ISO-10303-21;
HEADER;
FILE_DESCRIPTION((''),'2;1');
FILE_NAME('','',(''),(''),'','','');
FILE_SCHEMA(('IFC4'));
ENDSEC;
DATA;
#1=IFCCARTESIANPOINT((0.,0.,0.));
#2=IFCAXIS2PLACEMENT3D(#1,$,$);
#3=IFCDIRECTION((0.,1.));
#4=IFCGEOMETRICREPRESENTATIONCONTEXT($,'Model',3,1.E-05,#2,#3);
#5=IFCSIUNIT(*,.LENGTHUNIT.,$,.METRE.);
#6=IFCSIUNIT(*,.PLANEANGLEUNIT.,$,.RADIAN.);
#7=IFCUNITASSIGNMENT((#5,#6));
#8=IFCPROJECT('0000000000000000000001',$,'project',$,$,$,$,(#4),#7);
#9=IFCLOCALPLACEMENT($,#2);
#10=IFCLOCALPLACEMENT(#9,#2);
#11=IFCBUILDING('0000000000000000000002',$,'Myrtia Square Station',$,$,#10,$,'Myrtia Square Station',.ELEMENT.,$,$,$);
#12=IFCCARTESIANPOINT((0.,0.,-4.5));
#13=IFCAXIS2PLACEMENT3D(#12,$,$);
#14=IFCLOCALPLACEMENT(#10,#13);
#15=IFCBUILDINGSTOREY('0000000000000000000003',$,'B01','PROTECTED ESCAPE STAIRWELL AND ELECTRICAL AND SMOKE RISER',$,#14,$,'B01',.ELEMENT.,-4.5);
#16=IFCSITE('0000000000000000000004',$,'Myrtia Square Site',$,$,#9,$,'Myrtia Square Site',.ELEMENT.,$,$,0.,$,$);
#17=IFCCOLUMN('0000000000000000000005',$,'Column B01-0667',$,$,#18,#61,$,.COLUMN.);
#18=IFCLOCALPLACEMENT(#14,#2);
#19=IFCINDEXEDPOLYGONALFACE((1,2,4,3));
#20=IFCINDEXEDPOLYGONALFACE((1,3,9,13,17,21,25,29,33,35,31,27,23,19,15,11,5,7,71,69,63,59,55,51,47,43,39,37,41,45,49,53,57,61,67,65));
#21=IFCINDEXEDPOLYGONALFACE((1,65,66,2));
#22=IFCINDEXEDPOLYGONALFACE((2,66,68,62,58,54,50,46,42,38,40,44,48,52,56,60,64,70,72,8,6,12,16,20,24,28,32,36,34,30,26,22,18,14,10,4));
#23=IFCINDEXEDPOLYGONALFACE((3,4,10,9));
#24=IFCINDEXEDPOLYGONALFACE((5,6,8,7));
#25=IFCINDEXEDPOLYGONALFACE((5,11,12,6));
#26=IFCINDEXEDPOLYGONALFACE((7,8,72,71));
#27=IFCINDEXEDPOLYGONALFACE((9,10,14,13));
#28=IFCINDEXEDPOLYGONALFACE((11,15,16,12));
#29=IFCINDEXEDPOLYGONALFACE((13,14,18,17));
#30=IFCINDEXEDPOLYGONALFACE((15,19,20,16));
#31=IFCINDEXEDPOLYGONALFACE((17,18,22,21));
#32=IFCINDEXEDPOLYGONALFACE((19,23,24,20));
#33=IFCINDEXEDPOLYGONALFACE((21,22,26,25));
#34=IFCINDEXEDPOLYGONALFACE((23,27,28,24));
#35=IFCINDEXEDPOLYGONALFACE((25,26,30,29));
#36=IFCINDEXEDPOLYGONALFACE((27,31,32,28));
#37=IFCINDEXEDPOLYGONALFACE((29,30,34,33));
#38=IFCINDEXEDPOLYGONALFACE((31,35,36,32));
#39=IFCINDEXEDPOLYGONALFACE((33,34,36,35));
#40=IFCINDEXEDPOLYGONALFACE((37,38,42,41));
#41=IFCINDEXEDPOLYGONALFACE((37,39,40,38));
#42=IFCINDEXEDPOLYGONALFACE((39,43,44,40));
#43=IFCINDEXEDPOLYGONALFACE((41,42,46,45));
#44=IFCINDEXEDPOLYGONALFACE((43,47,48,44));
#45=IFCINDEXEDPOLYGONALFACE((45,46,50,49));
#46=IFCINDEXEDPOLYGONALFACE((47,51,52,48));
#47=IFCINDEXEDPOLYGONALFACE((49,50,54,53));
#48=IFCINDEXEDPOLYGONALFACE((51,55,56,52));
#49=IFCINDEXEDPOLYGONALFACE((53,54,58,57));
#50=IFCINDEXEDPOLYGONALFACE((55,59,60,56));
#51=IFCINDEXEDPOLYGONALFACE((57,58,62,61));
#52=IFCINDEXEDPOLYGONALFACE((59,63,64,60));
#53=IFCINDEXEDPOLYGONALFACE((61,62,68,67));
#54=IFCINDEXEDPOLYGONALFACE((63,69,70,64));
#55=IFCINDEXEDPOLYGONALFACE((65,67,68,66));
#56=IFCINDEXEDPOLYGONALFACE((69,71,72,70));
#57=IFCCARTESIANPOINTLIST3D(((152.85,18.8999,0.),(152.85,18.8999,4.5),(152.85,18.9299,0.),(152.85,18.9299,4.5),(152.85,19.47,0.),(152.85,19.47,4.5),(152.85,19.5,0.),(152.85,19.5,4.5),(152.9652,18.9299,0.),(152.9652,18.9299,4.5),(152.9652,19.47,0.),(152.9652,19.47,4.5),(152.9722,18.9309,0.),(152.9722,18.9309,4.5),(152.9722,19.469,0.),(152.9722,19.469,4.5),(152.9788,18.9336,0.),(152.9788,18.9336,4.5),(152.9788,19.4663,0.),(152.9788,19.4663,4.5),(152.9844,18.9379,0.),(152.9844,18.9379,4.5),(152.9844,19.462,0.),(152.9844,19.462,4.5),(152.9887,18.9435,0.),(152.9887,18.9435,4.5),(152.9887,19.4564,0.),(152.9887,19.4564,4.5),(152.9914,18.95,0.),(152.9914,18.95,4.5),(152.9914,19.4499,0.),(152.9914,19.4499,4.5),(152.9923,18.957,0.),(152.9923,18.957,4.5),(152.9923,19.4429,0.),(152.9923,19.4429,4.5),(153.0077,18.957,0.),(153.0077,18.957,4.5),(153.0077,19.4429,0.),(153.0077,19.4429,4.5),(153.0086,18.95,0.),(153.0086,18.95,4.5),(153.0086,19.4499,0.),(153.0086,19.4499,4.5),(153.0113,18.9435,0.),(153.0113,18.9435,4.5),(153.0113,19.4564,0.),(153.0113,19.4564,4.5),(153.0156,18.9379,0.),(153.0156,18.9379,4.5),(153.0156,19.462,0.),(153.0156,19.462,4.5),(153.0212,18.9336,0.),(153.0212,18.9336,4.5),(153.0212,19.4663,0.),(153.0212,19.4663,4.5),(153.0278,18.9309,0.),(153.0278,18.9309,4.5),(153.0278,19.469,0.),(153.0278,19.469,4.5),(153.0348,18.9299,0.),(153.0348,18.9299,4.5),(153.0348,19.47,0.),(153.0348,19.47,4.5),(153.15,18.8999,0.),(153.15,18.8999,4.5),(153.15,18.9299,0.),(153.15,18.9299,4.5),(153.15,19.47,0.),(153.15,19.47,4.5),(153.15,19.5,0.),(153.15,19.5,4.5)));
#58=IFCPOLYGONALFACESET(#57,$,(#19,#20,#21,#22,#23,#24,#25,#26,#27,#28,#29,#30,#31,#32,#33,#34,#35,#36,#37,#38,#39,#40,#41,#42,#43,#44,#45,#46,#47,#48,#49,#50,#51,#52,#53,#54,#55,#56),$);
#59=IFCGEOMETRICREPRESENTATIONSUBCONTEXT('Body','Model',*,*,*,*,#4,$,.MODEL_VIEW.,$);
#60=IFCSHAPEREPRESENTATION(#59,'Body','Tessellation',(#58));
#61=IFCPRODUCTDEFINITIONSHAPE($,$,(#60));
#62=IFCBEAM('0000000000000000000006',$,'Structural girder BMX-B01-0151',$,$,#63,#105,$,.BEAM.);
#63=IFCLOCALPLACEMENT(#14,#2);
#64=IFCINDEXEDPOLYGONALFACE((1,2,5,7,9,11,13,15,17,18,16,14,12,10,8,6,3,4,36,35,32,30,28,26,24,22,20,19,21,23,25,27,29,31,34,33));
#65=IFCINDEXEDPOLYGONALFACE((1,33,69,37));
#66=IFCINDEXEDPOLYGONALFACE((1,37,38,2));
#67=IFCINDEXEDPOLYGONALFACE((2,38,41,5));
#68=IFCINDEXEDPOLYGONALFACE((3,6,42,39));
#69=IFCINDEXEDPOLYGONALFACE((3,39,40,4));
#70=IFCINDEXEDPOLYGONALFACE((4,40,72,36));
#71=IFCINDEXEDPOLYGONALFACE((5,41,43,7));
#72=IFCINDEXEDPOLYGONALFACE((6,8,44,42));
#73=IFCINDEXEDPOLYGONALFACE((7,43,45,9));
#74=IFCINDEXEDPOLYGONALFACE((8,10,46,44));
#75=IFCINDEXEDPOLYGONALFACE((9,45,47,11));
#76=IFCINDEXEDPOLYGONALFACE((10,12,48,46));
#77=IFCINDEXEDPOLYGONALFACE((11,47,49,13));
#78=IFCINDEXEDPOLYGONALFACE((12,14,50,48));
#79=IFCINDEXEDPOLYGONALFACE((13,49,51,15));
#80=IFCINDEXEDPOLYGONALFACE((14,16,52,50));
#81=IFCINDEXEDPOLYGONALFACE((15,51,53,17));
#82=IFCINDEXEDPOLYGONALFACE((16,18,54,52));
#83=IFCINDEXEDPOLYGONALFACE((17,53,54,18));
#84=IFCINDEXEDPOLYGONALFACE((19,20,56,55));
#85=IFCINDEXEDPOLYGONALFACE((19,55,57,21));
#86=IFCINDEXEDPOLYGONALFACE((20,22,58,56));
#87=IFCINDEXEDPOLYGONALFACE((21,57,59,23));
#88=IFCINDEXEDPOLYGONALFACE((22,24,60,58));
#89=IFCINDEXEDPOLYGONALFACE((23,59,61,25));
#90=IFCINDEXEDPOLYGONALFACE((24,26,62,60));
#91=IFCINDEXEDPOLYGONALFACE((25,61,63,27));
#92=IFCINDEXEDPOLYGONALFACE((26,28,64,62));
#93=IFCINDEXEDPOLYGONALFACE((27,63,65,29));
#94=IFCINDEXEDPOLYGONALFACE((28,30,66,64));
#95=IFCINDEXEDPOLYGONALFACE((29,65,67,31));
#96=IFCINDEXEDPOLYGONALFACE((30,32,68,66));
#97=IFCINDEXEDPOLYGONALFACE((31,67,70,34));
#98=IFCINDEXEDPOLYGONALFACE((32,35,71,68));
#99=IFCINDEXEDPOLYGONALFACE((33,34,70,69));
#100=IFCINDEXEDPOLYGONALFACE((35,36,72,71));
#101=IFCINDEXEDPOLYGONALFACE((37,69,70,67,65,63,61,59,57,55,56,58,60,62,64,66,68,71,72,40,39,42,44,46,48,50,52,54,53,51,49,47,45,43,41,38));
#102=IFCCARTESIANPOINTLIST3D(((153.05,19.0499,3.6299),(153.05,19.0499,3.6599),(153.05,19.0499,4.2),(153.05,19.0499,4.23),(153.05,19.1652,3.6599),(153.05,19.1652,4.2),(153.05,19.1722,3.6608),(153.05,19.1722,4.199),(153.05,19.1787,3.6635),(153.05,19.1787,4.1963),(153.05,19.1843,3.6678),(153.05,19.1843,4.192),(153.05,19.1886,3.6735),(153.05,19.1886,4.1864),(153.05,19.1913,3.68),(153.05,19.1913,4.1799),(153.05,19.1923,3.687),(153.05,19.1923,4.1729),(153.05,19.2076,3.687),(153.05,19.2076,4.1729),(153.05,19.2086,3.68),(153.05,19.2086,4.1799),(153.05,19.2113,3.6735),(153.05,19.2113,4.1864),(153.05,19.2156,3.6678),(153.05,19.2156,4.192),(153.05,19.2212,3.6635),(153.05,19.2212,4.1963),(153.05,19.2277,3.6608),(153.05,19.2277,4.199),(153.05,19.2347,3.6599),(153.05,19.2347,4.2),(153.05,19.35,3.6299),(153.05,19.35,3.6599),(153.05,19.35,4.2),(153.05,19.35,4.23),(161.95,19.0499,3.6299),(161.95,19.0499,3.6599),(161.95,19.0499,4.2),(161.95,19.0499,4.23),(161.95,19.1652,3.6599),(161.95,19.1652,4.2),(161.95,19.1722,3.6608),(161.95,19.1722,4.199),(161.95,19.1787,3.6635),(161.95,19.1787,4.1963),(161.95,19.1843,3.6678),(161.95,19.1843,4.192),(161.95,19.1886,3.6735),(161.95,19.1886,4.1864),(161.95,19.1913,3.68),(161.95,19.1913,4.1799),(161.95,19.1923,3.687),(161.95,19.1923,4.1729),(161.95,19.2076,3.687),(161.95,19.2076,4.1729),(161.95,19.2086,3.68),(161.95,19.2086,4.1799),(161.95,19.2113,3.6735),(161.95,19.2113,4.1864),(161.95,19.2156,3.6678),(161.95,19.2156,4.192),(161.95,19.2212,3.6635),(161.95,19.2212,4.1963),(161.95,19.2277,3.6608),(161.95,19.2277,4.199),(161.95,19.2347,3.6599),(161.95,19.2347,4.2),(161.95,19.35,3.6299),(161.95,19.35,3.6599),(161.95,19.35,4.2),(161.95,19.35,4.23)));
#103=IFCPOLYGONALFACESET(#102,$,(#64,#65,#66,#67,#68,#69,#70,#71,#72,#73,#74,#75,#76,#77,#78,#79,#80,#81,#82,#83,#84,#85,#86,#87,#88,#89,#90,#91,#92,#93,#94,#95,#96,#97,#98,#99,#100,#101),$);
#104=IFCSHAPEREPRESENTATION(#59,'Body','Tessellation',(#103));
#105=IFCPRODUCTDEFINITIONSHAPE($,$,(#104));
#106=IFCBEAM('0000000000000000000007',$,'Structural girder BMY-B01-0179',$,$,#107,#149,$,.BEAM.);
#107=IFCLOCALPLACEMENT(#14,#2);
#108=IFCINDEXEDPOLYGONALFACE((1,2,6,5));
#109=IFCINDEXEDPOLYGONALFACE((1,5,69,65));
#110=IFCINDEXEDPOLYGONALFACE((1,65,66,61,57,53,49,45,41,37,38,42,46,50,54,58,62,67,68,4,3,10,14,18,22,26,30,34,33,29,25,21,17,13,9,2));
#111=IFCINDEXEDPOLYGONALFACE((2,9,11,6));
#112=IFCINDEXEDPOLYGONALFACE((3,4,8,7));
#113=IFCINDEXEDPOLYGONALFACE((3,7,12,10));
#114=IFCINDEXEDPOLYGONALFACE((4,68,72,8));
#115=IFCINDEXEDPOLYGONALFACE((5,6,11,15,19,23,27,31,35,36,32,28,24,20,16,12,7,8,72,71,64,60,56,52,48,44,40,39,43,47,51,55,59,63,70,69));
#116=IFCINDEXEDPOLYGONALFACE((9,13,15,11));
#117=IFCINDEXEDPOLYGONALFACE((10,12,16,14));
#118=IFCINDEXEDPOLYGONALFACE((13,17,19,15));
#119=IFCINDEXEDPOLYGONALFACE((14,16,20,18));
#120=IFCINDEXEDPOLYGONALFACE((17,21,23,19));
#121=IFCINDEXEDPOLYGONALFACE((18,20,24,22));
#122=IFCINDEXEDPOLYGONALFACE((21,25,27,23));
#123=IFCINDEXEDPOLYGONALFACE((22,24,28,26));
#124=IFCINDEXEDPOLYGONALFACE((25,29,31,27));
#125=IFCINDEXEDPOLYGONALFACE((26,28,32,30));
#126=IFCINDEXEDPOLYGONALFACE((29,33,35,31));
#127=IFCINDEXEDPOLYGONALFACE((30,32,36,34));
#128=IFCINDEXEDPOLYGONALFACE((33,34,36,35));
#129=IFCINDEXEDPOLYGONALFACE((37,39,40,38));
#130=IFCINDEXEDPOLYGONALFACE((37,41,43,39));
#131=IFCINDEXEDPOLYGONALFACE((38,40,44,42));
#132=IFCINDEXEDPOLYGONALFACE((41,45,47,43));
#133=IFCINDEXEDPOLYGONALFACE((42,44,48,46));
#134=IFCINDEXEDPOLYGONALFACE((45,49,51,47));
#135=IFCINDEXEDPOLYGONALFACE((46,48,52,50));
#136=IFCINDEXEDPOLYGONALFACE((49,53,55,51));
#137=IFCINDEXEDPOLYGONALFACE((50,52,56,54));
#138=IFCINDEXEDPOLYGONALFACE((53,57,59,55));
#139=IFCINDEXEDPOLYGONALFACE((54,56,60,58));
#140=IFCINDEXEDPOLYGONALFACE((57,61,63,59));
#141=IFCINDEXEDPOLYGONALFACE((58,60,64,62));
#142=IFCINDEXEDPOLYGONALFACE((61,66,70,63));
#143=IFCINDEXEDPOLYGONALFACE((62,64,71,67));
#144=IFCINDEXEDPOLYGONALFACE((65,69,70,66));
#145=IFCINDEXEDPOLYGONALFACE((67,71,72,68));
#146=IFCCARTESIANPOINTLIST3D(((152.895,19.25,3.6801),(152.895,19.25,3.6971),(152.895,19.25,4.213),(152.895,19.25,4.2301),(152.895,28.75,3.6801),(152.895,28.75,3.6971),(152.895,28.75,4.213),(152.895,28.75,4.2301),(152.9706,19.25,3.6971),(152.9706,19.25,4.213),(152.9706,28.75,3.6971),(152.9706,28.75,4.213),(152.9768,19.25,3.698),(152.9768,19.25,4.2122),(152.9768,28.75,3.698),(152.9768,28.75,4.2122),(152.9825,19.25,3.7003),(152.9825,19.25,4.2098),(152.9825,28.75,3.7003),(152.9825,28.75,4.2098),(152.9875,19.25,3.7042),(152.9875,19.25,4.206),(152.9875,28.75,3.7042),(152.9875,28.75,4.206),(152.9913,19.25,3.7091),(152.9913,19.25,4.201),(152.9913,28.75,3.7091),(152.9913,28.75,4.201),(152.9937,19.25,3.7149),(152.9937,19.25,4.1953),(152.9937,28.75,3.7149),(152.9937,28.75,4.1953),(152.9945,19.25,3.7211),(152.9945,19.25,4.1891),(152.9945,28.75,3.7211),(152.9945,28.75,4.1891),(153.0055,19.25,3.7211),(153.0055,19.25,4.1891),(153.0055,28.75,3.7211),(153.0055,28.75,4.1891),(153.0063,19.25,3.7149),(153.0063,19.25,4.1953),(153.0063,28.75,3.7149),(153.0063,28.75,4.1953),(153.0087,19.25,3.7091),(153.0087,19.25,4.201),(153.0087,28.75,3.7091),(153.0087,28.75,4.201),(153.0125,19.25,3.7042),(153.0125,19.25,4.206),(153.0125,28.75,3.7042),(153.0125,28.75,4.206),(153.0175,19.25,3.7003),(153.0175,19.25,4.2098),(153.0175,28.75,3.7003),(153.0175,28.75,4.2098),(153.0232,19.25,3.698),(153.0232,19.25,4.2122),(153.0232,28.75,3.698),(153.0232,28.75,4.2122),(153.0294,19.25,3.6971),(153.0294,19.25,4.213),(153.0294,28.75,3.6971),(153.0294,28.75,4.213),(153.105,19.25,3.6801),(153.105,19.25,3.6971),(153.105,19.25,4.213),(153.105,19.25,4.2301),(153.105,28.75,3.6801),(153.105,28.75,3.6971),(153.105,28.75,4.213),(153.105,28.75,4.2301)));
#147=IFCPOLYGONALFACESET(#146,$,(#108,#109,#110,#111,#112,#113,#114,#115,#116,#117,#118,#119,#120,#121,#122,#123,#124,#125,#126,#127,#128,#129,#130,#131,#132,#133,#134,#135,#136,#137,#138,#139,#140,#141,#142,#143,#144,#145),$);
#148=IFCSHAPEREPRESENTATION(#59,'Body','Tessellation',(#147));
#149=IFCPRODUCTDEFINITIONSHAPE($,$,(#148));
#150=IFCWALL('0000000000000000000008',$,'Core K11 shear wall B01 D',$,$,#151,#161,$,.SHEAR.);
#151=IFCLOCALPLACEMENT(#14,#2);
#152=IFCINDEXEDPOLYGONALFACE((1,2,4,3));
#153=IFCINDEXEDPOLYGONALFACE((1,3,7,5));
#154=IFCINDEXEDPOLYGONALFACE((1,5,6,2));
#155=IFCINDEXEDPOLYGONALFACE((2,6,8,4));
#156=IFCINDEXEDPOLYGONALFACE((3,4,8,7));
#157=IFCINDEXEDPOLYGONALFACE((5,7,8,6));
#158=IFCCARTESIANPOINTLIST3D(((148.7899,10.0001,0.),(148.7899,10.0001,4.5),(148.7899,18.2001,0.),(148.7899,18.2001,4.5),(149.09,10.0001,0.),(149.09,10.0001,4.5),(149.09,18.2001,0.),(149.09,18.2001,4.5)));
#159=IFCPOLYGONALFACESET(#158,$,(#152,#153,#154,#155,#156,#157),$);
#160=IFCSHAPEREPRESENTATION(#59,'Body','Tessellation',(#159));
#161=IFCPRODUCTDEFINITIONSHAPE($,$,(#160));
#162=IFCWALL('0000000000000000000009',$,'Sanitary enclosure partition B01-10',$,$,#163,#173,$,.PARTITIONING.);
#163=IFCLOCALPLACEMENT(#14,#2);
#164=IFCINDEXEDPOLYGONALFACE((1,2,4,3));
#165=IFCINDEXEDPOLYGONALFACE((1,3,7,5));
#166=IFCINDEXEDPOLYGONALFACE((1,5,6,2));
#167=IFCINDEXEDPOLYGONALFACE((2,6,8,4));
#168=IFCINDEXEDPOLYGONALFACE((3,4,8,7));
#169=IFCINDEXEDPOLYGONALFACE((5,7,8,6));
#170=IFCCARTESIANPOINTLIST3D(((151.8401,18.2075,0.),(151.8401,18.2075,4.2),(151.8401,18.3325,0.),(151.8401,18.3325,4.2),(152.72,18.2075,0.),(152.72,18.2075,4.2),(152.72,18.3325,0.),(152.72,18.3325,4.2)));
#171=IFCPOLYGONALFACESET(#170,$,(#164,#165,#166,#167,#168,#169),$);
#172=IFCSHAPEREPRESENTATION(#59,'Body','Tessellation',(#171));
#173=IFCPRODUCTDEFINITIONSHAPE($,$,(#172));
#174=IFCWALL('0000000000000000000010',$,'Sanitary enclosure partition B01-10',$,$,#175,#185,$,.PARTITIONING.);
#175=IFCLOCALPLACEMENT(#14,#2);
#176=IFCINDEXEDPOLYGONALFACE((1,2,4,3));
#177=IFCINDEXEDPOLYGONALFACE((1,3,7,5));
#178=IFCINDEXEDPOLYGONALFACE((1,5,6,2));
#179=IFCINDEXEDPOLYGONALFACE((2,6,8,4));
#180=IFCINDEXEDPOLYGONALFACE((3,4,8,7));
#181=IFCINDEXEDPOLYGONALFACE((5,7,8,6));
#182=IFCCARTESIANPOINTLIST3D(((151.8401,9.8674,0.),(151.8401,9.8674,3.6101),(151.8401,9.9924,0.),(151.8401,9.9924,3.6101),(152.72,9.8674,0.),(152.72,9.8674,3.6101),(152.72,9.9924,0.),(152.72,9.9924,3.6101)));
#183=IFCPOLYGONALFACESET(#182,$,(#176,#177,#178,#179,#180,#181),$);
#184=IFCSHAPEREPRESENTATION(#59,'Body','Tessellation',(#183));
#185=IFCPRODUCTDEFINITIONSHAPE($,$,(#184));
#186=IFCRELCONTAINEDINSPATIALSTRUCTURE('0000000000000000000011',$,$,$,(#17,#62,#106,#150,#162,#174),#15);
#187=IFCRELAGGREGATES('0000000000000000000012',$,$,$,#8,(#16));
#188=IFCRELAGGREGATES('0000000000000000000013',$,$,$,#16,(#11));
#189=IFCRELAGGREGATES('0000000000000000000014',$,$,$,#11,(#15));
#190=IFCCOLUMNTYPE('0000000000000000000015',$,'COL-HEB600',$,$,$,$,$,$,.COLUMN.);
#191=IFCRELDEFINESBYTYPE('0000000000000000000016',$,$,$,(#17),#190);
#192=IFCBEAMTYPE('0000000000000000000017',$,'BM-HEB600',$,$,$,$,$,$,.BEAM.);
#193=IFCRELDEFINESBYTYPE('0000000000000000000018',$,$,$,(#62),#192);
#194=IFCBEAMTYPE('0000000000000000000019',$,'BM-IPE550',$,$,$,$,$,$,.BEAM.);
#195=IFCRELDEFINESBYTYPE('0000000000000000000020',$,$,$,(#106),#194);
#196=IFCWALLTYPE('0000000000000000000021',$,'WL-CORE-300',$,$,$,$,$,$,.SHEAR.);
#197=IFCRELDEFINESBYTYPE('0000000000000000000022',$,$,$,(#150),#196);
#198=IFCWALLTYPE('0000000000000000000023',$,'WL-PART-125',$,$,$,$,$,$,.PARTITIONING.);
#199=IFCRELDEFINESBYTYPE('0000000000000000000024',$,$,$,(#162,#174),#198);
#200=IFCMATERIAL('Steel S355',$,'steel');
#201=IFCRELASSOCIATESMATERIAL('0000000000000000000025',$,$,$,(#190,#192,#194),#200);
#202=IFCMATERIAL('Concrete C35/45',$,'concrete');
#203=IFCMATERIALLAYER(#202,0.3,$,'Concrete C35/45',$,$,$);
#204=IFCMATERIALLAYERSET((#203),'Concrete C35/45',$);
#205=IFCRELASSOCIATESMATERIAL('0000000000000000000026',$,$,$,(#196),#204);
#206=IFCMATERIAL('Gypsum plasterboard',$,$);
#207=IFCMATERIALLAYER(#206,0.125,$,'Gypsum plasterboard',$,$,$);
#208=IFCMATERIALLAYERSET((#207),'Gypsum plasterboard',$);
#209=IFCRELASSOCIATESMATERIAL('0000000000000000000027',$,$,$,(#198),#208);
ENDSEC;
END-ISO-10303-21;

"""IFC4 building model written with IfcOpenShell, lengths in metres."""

from ifc_helpers import new_model, si_unit, direction, frame, frame_2d, origin, origin_2d, place, context, subcontext, project, spatial, rectangle, i_section, extrude, material, layer, layer_set, material_profile, profile_set, type_object, element, save


model = new_model("IFC4")

# Units and contexts
model_context = context("Model", 3, precision=1e-05, world=origin(), true_north=direction((0.0, 1.0)))
body_context = subcontext(model_context, "Body", "Model", "MODEL_VIEW")
ifc_project = project(units=[si_unit("LENGTHUNIT", "METRE"), si_unit("PLANEANGLEUNIT", "RADIAN")], contexts=[model_context])

# Site, building, storey
site_placement = place(None, origin())
site = spatial("IfcSite", under=ifc_project, at=site_placement, Name="Myrtia Square Site", LongName="Myrtia Square Site", CompositionType="ELEMENT", RefElevation=0.0)
building_placement = place(site_placement, origin())
building = spatial("IfcBuilding", under=site, at=building_placement, Name="Myrtia Square Station", LongName="Myrtia Square Station", CompositionType="ELEMENT")
storey_placement = place(building_placement, frame((0.0, 0.0, -4.5)))
storey = spatial("IfcBuildingStorey", under=building, at=storey_placement, Name="B01", Description="PROTECTED ESCAPE STAIRWELL AND ELECTRICAL AND SMOKE RISER", LongName="B01", CompositionType="ELEMENT", Elevation=-4.5)

# Column
ifc_material_1 = material(Name="Steel S355", Category="steel")
ifc_material_profile_1 = material_profile(ifc_material_1, i_section(OverallWidth=0.3, OverallDepth=0.6001, WebThickness=0.0154, FlangeThickness=0.03, FilletRadius=0.0271, at=origin_2d()), Name="HEB 600")
ifc_profile_set_1 = profile_set([ifc_material_profile_1], Name="Steel S355")
column_type = type_object("IfcColumnType", Name="COL-HEB600", PredefinedType="COLUMN", material=ifc_profile_set_1)
column_placement = place(storey_placement, frame((153.0, 19.2, 0.0), z_axis=(0.0, 0.0, 1.0), x_axis=(1.0, 0.0, 0.0)))
element("IfcColumn", 1, at=column_placement, inside=storey, type_object=column_type, Name="Column B01-0667", PredefinedType="COLUMN", context=body_context, shape_type="SweptSolid", body=[
    extrude(i_section(OverallWidth=0.3, OverallDepth=0.6001, WebThickness=0.0154, FlangeThickness=0.03, FilletRadius=0.0271, at=origin_2d()), origin(), (0.0, 0.0, 1.0), 4.5),
])

# Beams
ifc_material_profile_2 = material_profile(ifc_material_1, i_section(OverallWidth=0.3, OverallDepth=0.6001, WebThickness=0.0154, FlangeThickness=0.03, FilletRadius=0.0271, at=origin_2d()), Name="HEB 600")
ifc_profile_set_2 = profile_set([ifc_material_profile_2], Name="Steel S355")
beam_type_1 = type_object("IfcBeamType", Name="BM-HEB600", PredefinedType="BEAM", material=ifc_profile_set_2)
beam_1_placement = place(storey_placement, frame((153.05, 19.2, 3.9299), z_axis=(1.0, 0.0, 0.0), x_axis=(0.0, 1.0, 0.0)))
element("IfcBeam", 2, at=beam_1_placement, inside=storey, type_object=beam_type_1, Name="Structural girder BMX-B01-0151", PredefinedType="BEAM", context=body_context, shape_type="SweptSolid", body=[
    extrude(i_section(OverallWidth=0.3, OverallDepth=0.6001, WebThickness=0.0154, FlangeThickness=0.03, FilletRadius=0.0271, at=origin_2d()), origin(), (0.0, 0.0, 1.0), 8.8999),
])
ifc_material_profile_3 = material_profile(ifc_material_1, i_section(OverallWidth=0.21, OverallDepth=0.55, WebThickness=0.011, FlangeThickness=0.0171, FilletRadius=0.0239, at=origin_2d()), Name="IPE 550")
ifc_profile_set_3 = profile_set([ifc_material_profile_3], Name="Steel S355")
beam_type_2 = type_object("IfcBeamType", Name="BM-IPE550", PredefinedType="BEAM", material=ifc_profile_set_3)
beam_2_placement = place(storey_placement, frame((153.0, 19.25, 3.9551), z_axis=(0.0, 1.0, 0.0), x_axis=(-1.0, 0.0, 0.0)))
element("IfcBeam", 3, at=beam_2_placement, inside=storey, type_object=beam_type_2, Name="Structural girder BMY-B01-0179", PredefinedType="BEAM", context=body_context, shape_type="SweptSolid", body=[
    extrude(i_section(OverallWidth=0.21, OverallDepth=0.55, WebThickness=0.011, FlangeThickness=0.0171, FilletRadius=0.0239, at=origin_2d()), origin(), (0.0, 0.0, 1.0), 9.5),
])

# Wall
ifc_material_2 = material(Name="Concrete C35/45", Category="concrete")
ifc_layer_1 = layer(ifc_material_2, 0.3, Name="Concrete C35/45")
ifc_layer_set_1 = layer_set([ifc_layer_1], Name="Concrete C35/45")
wall_type_1 = type_object("IfcWallType", Name="WL-CORE-300", PredefinedType="SHEAR", material=ifc_layer_set_1)
wall_1_placement = place(storey_placement, frame((148.9399, 10.0, 0.0), z_axis=(0.0, 0.0, 1.0), x_axis=(0.0, 1.0, 0.0)))
element("IfcWall", 4, at=wall_1_placement, inside=storey, type_object=wall_type_1, Name="Core K11 shear wall B01 D", PredefinedType="SHEAR", context=body_context, shape_type="SweptSolid", body=[
    extrude(rectangle(XDim=8.2, YDim=0.3, at=frame_2d((4.1001, 0.0))), origin(), (0.0, 0.0, 1.0), 4.5),
])

# Walls
ifc_material_3 = material(Name="Gypsum plasterboard")
ifc_layer_2 = layer(ifc_material_3, 0.125, Name="Gypsum plasterboard")
ifc_layer_set_2 = layer_set([ifc_layer_2], Name="Gypsum plasterboard")
wall_type_2 = type_object("IfcWallType", Name="WL-PART-125", PredefinedType="PARTITIONING", material=ifc_layer_set_2)
wall_2_placement = place(storey_placement, frame((151.8401, 18.27, 0.0), z_axis=(0.0, 0.0, 1.0), x_axis=(1.0, 0.0, 0.0)))
element("IfcWall", 5, at=wall_2_placement, inside=storey, type_object=wall_type_2, Name="Sanitary enclosure partition B01-10", PredefinedType="PARTITIONING", context=body_context, shape_type="SweptSolid", body=[
    extrude(rectangle(XDim=0.8799, YDim=0.125, at=frame_2d((0.4399, 0.0))), origin(), (0.0, 0.0, 1.0), 4.2),
])
wall_3_placement = place(storey_placement, frame((151.8401, 9.9299, 0.0), z_axis=(0.0, 0.0, 1.0), x_axis=(1.0, 0.0, 0.0)))
element("IfcWall", 6, at=wall_3_placement, inside=storey, type_object=wall_type_2, Name="Sanitary enclosure partition B01-10", PredefinedType="PARTITIONING", context=body_context, shape_type="SweptSolid", body=[
    extrude(rectangle(XDim=0.8799, YDim=0.125, at=frame_2d((0.4399, 0.0))), origin(), (0.0, 0.0, 1.0), 3.6101),
])

save(model, "model.ifc")
